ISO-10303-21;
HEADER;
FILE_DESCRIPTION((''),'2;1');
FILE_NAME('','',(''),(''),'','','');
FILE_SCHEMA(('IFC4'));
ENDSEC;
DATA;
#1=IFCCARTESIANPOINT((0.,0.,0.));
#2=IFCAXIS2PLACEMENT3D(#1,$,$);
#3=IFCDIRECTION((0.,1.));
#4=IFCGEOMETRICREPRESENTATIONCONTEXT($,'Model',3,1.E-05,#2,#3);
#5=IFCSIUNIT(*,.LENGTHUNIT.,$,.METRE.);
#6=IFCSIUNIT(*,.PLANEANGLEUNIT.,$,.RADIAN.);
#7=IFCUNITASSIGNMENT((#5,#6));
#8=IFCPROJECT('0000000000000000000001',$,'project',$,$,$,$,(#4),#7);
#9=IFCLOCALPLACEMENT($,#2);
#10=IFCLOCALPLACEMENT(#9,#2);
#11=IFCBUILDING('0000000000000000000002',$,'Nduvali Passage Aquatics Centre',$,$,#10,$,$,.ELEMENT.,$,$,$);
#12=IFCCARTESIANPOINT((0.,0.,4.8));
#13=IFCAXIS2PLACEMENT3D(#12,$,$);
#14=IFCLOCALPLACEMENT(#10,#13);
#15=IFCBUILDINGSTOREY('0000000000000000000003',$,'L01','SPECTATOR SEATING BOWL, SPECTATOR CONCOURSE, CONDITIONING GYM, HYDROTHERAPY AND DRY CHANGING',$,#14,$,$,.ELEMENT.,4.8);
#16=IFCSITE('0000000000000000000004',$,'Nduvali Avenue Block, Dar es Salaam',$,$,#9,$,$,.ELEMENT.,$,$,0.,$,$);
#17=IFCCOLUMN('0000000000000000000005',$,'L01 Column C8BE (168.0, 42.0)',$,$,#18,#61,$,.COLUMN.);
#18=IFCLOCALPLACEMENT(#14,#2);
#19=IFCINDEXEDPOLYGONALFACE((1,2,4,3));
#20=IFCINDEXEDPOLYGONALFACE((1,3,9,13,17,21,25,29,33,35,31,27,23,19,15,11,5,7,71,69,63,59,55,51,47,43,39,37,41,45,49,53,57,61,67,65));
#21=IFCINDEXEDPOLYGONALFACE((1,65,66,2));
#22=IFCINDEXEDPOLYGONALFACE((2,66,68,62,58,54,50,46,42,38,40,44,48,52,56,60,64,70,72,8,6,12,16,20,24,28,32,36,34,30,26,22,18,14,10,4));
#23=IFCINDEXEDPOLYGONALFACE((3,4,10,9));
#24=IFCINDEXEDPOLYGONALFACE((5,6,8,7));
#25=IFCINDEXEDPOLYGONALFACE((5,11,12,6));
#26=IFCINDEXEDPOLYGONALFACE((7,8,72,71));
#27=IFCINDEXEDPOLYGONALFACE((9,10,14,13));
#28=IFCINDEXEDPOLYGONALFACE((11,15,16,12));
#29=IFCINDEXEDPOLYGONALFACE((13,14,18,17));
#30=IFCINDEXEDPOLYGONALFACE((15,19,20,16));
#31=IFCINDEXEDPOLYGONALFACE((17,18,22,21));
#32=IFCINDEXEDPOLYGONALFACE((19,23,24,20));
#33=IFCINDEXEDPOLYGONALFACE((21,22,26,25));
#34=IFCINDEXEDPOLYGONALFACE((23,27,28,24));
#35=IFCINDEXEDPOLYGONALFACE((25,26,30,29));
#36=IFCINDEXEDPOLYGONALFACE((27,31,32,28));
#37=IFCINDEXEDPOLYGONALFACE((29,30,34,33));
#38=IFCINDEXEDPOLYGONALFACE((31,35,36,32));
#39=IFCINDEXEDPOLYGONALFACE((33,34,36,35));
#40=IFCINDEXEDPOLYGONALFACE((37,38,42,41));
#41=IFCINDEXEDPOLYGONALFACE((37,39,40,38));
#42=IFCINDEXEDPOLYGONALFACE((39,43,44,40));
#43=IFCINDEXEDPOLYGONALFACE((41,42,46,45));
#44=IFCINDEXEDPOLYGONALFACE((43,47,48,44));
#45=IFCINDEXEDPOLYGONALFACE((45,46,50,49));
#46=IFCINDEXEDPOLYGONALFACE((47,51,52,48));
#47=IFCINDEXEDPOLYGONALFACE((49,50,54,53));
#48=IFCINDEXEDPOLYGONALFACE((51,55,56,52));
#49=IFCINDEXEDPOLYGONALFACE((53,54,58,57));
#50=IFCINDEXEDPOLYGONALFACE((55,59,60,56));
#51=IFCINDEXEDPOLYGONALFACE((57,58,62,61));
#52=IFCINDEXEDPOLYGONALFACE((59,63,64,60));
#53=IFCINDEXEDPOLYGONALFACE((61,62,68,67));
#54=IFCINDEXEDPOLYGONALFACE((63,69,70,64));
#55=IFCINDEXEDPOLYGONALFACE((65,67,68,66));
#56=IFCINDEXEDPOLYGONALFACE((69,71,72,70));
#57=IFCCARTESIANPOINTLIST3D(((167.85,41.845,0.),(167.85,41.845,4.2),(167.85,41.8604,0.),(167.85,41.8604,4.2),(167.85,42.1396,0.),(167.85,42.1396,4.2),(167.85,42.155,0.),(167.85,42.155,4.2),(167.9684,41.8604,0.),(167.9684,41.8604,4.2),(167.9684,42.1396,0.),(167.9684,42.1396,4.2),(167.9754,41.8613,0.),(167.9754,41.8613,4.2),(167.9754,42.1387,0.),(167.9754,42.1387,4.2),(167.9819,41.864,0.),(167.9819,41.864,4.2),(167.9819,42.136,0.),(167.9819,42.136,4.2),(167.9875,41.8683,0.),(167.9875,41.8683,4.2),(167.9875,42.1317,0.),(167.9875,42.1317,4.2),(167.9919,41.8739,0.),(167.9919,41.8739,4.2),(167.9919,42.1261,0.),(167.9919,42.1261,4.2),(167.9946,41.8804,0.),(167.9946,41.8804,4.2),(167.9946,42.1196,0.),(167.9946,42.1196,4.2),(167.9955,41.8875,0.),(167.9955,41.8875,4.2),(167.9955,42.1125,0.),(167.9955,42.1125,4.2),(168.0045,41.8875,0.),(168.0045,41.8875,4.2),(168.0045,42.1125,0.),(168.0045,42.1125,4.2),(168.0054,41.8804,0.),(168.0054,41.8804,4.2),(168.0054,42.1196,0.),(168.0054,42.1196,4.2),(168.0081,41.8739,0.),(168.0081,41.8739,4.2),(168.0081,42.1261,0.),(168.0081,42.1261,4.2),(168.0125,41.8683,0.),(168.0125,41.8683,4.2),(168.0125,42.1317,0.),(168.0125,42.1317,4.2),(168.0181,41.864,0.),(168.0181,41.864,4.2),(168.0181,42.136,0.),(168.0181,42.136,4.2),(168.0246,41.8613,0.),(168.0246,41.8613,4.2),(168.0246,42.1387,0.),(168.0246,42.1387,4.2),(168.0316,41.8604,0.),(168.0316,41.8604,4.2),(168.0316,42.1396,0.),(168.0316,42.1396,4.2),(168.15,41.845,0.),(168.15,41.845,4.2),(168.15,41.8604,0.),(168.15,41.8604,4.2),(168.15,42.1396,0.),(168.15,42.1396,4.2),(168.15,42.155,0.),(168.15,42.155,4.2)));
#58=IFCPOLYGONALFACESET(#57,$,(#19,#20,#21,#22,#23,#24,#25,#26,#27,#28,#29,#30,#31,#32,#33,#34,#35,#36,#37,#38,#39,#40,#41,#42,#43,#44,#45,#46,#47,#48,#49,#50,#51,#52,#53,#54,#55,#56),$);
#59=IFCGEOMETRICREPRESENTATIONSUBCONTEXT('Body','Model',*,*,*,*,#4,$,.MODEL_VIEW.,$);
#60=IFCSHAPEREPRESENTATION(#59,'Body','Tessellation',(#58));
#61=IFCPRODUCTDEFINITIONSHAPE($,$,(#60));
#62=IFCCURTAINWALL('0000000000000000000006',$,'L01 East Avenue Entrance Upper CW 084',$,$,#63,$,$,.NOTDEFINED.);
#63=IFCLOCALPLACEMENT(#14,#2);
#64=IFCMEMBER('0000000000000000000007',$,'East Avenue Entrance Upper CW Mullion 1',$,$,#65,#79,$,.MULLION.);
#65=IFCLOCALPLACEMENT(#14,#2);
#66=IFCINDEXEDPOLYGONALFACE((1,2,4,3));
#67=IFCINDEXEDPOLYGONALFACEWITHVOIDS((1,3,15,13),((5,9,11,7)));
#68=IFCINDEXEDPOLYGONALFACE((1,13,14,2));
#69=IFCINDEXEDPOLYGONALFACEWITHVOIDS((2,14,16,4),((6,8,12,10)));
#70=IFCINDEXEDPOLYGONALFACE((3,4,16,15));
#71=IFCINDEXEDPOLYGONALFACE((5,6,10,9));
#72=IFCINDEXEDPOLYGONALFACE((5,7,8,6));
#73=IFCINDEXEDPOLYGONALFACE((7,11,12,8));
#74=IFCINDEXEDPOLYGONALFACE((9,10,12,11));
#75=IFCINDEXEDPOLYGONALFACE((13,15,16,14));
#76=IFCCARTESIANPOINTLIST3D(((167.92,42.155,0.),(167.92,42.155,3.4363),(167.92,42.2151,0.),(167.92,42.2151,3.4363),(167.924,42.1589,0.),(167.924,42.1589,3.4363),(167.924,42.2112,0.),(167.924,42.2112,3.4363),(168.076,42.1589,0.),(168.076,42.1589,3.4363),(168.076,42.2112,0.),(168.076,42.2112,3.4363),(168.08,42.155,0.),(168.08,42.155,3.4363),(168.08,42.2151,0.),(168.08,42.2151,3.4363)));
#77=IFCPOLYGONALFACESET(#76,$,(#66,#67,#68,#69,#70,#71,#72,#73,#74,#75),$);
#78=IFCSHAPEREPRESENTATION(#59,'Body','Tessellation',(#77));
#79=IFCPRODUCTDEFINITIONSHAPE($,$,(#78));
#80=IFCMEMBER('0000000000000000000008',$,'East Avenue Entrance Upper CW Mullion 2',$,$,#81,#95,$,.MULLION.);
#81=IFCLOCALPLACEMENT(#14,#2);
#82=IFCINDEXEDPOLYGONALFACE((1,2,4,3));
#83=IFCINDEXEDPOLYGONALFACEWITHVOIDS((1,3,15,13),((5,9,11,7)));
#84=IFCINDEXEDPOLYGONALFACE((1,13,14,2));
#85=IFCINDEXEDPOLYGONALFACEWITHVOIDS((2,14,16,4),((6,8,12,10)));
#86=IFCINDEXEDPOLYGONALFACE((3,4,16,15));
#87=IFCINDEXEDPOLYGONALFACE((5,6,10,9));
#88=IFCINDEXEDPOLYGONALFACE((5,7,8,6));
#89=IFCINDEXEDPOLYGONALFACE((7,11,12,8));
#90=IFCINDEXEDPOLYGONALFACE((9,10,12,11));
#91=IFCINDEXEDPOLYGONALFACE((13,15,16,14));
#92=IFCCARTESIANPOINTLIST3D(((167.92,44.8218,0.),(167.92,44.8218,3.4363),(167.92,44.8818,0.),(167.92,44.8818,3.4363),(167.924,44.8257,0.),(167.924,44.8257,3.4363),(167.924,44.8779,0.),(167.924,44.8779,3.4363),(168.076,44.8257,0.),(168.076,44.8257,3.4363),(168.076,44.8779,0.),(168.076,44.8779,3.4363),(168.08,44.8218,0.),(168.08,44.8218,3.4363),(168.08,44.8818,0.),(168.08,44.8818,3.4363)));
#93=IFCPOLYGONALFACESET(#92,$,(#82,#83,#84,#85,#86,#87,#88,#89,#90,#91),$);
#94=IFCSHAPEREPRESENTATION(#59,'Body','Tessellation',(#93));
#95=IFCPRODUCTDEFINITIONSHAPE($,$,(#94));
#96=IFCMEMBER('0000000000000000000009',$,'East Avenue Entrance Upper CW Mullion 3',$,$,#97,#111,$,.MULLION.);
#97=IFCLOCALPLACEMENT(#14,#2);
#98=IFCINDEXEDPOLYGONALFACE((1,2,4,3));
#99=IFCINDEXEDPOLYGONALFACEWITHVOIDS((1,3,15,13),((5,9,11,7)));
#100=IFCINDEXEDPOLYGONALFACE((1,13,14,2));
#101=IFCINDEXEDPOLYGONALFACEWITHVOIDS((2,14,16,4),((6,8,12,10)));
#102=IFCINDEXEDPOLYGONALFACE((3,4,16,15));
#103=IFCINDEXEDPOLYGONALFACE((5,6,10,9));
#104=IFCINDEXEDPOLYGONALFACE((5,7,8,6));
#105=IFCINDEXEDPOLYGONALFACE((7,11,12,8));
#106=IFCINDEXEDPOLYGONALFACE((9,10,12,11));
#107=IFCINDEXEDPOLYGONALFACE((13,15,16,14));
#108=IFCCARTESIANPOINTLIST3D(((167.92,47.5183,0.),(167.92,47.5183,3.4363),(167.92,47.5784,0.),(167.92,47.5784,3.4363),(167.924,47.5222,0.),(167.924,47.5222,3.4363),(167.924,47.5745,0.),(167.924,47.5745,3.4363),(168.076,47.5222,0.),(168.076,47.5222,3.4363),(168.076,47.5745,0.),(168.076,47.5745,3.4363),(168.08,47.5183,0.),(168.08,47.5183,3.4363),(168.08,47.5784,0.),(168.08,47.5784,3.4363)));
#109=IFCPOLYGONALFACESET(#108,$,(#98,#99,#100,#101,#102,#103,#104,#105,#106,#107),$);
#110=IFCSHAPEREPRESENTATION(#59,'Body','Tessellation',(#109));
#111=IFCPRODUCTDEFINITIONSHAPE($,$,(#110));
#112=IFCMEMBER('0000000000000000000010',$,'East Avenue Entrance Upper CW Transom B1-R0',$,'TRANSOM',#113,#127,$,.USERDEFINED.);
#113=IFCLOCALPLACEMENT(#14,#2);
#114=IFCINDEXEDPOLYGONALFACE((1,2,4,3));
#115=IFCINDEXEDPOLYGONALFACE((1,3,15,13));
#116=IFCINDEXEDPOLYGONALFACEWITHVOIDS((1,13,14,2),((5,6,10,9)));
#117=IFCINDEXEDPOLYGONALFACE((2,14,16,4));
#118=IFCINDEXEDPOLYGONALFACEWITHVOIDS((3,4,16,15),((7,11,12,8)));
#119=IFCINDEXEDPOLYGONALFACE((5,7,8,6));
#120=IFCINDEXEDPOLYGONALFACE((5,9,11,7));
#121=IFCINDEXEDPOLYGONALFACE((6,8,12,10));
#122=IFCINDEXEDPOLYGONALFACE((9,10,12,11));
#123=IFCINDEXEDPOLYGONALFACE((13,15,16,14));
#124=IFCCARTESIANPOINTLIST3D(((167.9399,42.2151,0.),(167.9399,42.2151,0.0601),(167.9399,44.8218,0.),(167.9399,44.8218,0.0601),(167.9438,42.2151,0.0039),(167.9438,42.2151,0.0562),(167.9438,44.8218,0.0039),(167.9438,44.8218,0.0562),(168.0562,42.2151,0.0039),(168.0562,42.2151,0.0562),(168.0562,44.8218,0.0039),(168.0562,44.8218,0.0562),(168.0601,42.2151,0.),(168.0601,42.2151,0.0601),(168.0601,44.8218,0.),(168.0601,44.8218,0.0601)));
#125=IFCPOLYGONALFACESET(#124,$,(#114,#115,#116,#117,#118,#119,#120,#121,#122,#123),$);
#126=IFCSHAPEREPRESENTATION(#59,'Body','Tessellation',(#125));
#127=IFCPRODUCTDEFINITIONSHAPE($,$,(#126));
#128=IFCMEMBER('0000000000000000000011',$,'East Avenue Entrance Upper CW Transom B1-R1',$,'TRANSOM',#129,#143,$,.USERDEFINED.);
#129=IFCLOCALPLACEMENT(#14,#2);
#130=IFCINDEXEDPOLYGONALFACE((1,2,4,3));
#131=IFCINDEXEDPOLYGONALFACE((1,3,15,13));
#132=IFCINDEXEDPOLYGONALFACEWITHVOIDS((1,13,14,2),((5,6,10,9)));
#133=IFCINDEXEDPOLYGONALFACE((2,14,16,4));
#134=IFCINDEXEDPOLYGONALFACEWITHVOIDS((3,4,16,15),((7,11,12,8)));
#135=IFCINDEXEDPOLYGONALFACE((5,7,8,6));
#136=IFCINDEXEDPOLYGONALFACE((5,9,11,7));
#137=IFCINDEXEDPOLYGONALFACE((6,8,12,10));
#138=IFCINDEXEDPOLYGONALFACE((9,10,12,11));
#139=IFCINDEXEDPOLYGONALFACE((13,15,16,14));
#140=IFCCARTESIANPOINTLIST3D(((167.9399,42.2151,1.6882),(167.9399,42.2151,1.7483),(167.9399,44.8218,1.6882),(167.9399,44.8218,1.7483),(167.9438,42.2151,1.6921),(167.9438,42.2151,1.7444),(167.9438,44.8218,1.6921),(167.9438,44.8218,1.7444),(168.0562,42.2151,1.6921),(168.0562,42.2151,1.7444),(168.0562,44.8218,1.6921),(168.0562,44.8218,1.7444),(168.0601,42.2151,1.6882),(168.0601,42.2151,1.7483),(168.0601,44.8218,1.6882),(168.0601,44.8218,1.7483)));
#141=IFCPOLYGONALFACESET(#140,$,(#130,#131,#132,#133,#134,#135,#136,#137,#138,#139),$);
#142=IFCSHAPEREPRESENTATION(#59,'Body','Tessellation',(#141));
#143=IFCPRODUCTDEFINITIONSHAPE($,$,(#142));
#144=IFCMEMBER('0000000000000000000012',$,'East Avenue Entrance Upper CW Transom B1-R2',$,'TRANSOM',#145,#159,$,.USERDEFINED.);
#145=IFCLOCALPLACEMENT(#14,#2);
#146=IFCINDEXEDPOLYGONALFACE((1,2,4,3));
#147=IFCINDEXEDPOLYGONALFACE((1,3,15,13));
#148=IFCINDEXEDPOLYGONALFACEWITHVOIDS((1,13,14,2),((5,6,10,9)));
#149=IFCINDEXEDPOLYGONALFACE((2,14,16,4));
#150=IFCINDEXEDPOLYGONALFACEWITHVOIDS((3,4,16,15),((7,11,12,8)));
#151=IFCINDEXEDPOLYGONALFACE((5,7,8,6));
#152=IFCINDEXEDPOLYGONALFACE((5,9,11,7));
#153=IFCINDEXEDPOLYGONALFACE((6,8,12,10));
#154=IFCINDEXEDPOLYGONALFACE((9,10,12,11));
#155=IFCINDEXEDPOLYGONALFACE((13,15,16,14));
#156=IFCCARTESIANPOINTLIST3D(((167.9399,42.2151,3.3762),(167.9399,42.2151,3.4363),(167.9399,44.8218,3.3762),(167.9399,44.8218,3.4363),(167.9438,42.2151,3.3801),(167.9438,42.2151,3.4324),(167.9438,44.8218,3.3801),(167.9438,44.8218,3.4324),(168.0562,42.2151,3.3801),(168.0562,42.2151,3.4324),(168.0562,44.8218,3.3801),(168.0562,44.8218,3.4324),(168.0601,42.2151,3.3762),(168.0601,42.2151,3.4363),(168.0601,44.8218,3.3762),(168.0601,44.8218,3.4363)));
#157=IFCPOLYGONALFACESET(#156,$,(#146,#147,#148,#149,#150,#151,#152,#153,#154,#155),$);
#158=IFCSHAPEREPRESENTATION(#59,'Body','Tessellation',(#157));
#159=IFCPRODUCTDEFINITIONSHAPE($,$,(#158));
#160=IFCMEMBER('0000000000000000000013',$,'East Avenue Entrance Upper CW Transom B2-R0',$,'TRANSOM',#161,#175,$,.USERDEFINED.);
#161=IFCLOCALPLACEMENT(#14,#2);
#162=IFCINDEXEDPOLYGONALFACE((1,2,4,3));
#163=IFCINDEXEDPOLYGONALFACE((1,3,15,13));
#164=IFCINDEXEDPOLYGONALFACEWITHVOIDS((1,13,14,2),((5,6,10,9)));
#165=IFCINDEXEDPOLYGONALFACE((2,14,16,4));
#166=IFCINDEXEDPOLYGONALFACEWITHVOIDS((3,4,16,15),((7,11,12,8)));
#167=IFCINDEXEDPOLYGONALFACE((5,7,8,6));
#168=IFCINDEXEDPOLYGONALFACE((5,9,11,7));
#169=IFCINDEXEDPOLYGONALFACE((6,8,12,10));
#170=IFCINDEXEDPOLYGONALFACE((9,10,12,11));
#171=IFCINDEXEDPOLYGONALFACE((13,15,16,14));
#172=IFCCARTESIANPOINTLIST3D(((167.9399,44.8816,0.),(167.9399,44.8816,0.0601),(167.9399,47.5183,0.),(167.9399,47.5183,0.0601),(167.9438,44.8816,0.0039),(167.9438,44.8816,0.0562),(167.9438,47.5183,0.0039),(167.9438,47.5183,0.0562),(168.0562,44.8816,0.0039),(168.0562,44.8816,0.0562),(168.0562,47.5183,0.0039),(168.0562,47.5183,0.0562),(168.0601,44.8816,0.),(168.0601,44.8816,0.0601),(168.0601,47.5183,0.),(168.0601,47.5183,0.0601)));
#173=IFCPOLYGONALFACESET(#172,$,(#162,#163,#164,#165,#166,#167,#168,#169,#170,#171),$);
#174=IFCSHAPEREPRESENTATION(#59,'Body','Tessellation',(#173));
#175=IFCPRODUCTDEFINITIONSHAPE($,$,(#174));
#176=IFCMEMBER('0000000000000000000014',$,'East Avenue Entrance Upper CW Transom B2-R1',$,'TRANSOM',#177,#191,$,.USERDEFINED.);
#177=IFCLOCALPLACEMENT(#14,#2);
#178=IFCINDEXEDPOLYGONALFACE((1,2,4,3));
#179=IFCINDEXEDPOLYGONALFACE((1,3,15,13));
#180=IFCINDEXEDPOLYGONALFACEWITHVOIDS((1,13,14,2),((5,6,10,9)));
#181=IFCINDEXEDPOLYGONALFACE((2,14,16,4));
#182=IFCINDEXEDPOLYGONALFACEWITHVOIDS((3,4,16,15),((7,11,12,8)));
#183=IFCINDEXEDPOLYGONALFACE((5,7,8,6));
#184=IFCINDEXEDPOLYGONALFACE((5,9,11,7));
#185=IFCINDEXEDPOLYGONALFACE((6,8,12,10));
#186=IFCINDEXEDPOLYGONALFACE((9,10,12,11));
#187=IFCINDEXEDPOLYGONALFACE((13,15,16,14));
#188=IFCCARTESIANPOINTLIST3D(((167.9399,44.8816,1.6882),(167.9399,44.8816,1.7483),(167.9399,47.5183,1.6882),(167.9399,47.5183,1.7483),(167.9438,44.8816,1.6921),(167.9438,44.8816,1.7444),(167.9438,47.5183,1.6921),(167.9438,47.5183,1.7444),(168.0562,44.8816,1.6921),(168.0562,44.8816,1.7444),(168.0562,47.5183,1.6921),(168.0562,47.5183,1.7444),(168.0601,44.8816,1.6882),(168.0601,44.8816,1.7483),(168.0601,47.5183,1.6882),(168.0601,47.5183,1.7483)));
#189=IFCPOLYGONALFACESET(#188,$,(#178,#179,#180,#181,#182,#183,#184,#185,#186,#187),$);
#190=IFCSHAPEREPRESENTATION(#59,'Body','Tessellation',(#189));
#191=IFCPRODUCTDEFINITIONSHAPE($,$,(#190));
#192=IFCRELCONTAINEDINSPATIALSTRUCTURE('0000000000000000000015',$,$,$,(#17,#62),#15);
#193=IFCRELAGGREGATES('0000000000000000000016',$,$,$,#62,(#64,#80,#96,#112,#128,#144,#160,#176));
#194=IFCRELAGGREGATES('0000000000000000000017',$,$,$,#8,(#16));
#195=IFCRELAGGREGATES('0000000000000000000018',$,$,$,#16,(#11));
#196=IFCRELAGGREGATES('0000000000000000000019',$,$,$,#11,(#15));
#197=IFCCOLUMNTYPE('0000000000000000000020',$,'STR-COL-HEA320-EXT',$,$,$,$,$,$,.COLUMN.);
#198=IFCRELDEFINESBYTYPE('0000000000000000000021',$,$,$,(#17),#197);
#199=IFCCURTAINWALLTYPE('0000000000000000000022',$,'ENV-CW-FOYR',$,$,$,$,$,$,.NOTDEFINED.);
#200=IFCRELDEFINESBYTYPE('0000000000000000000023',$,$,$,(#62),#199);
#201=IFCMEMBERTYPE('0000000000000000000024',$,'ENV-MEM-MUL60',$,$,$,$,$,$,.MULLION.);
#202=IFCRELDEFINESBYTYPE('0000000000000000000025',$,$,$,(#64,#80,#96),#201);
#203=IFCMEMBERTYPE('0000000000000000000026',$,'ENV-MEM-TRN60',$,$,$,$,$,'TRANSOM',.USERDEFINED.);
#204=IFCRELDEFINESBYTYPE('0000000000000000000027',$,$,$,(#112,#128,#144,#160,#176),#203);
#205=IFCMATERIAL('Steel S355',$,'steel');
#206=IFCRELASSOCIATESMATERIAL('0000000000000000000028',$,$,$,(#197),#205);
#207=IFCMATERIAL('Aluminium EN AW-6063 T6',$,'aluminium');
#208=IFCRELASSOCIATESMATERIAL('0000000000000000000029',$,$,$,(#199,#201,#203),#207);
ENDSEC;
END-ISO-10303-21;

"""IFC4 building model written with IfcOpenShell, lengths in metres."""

from ifc_helpers import new_model, si_unit, direction, frame, origin, origin_2d, place, context, subcontext, project, spatial, hollow_rectangle, i_section, extrude, material, material_profile, profile_set, type_object, element, aggregate, save


model = new_model("IFC4")

# Units and contexts
model_context = context("Model", 3, precision=1e-05, world=origin(), true_north=direction((0.0, 1.0)))
body_context = subcontext(model_context, "Body", "Model", "MODEL_VIEW")
ifc_project = project(units=[si_unit("LENGTHUNIT", "METRE"), si_unit("PLANEANGLEUNIT", "RADIAN")], contexts=[model_context])

# Site, building, storey
site_placement = place(None, origin())
site = spatial("IfcSite", under=ifc_project, at=site_placement, Name="Nduvali Avenue Block, Dar es Salaam", CompositionType="ELEMENT", RefElevation=0.0)
building_placement = place(site_placement, origin())
building = spatial("IfcBuilding", under=site, at=building_placement, Name="Nduvali Passage Aquatics Centre", CompositionType="ELEMENT")
storey_placement = place(building_placement, frame((0.0, 0.0, 4.8)))
storey = spatial("IfcBuildingStorey", under=building, at=storey_placement, Name="L01", Description="SPECTATOR SEATING BOWL, SPECTATOR CONCOURSE, CONDITIONING GYM, HYDROTHERAPY AND DRY CHANGING", CompositionType="ELEMENT", Elevation=4.8)

# Column
ifc_material_1 = material(Name="Steel S355", Category="steel")
ifc_material_profile_1 = material_profile(ifc_material_1, i_section(OverallWidth=0.3, OverallDepth=0.3101, WebThickness=0.009, FlangeThickness=0.0154, FilletRadius=0.0271, at=origin_2d()), Name="HEA 320")
ifc_profile_set_1 = profile_set([ifc_material_profile_1], Name="Steel S355")
column_type = type_object("IfcColumnType", Name="STR-COL-HEA320-EXT", PredefinedType="COLUMN", material=ifc_profile_set_1)
column_placement = place(storey_placement, frame((168.0, 42.0, 0.0), z_axis=(0.0, 0.0, 1.0), x_axis=(1.0, 0.0, 0.0)))
element("IfcColumn", 1, at=column_placement, inside=storey, type_object=column_type, Name="L01 Column C8BE (168.0, 42.0)", PredefinedType="COLUMN", context=body_context, shape_type="SweptSolid", body=[
    extrude(i_section(OverallWidth=0.3, OverallDepth=0.3101, WebThickness=0.009, FlangeThickness=0.0154, FilletRadius=0.0271, at=origin_2d()), origin(), (0.0, 0.0, 1.0), 4.2),
])

# Curtain wall, members
ifc_material_2 = material(Name="Aluminium EN AW-6063 T6", Category="aluminium")
curtain_wall_type = type_object("IfcCurtainWallType", Name="ENV-CW-FOYR", PredefinedType="NOTDEFINED", material=ifc_material_2)
curtain_wall_placement = place(storey_placement, origin())
curtain_wall = element("IfcCurtainWall", 2, at=curtain_wall_placement, inside=storey, type_object=curtain_wall_type, Name="L01 East Avenue Entrance Upper CW 084", PredefinedType="NOTDEFINED")
ifc_material_profile_2 = material_profile(ifc_material_2, hollow_rectangle(XDim=0.0601, YDim=0.1599, WallThickness=0.0039, at=origin_2d()), Name="ALU MULLION 60x160x4")
ifc_profile_set_2 = profile_set([ifc_material_profile_2], Name="Aluminium EN AW-6063 T6")
member_type_1 = type_object("IfcMemberType", Name="ENV-MEM-MUL60", PredefinedType="MULLION", material=ifc_profile_set_2)
member_1_placement = place(storey_placement, frame((168.0, 42.1851, 0.0), z_axis=(0.0, 0.0, 1.0), x_axis=(0.0, 1.0, 0.0)))
member_1 = element("IfcMember", 3, at=member_1_placement, type_object=member_type_1, Name="East Avenue Entrance Upper CW Mullion 1", PredefinedType="MULLION", context=body_context, shape_type="SweptSolid", body=[
    extrude(hollow_rectangle(XDim=0.0601, YDim=0.1599, WallThickness=0.0039, at=origin_2d()), origin(), (0.0, 0.0, 1.0), 3.4363),
])
member_2_placement = place(storey_placement, frame((168.0, 44.8518, 0.0), z_axis=(0.0, 0.0, 1.0), x_axis=(0.0, 1.0, 0.0)))
member_2 = element("IfcMember", 4, at=member_2_placement, type_object=member_type_1, Name="East Avenue Entrance Upper CW Mullion 2", PredefinedType="MULLION", context=body_context, shape_type="SweptSolid", body=[
    extrude(hollow_rectangle(XDim=0.0601, YDim=0.1599, WallThickness=0.0039, at=origin_2d()), origin(), (0.0, 0.0, 1.0), 3.4363),
])
member_3_placement = place(storey_placement, frame((168.0, 47.5483, 0.0), z_axis=(0.0, 0.0, 1.0), x_axis=(0.0, 1.0, 0.0)))
member_3 = element("IfcMember", 5, at=member_3_placement, type_object=member_type_1, Name="East Avenue Entrance Upper CW Mullion 3", PredefinedType="MULLION", context=body_context, shape_type="SweptSolid", body=[
    extrude(hollow_rectangle(XDim=0.0601, YDim=0.1599, WallThickness=0.0039, at=origin_2d()), origin(), (0.0, 0.0, 1.0), 3.4363),
])
ifc_material_profile_3 = material_profile(ifc_material_2, hollow_rectangle(XDim=0.1201, YDim=0.0601, WallThickness=0.0039, at=origin_2d()), Name="ALU TRANSOM 120x60x4")
ifc_profile_set_3 = profile_set([ifc_material_profile_3], Name="Aluminium EN AW-6063 T6")
member_type_2 = type_object("IfcMemberType", Name="ENV-MEM-TRN60", ElementType="TRANSOM", PredefinedType="USERDEFINED", material=ifc_profile_set_3)
member_4_placement = place(storey_placement, frame((168.0, 42.2151, 0.03), z_axis=(0.0, 1.0, 0.0), x_axis=(-1.0, 0.0, 0.0)))
member_4 = element("IfcMember", 6, at=member_4_placement, type_object=member_type_2, Name="East Avenue Entrance Upper CW Transom B1-R0", ObjectType="TRANSOM", PredefinedType="USERDEFINED", context=body_context, shape_type="SweptSolid", body=[
    extrude(hollow_rectangle(XDim=0.1201, YDim=0.0601, WallThickness=0.0039, at=origin_2d()), origin(), (0.0, 0.0, 1.0), 2.6067),
])
member_5_placement = place(storey_placement, frame((168.0, 42.2151, 1.7183), z_axis=(0.0, 1.0, 0.0), x_axis=(-1.0, 0.0, 0.0)))
member_5 = element("IfcMember", 7, at=member_5_placement, type_object=member_type_2, Name="East Avenue Entrance Upper CW Transom B1-R1", ObjectType="TRANSOM", PredefinedType="USERDEFINED", context=body_context, shape_type="SweptSolid", body=[
    extrude(hollow_rectangle(XDim=0.1201, YDim=0.0601, WallThickness=0.0039, at=origin_2d()), origin(), (0.0, 0.0, 1.0), 2.6067),
])
member_6_placement = place(storey_placement, frame((168.0, 42.2151, 3.4062), z_axis=(0.0, 1.0, 0.0), x_axis=(-1.0, 0.0, 0.0)))
member_6 = element("IfcMember", 8, at=member_6_placement, type_object=member_type_2, Name="East Avenue Entrance Upper CW Transom B1-R2", ObjectType="TRANSOM", PredefinedType="USERDEFINED", context=body_context, shape_type="SweptSolid", body=[
    extrude(hollow_rectangle(XDim=0.1201, YDim=0.0601, WallThickness=0.0039, at=origin_2d()), origin(), (0.0, 0.0, 1.0), 2.6067),
])
member_7_placement = place(storey_placement, frame((168.0, 44.8816, 0.03), z_axis=(0.0, 1.0, 0.0), x_axis=(-1.0, 0.0, 0.0)))
member_7 = element("IfcMember", 9, at=member_7_placement, type_object=member_type_2, Name="East Avenue Entrance Upper CW Transom B2-R0", ObjectType="TRANSOM", PredefinedType="USERDEFINED", context=body_context, shape_type="SweptSolid", body=[
    extrude(hollow_rectangle(XDim=0.1201, YDim=0.0601, WallThickness=0.0039, at=origin_2d()), origin(), (0.0, 0.0, 1.0), 2.6367),
])
member_8_placement = place(storey_placement, frame((168.0, 44.8816, 1.7183), z_axis=(0.0, 1.0, 0.0), x_axis=(-1.0, 0.0, 0.0)))
member_8 = element("IfcMember", 10, at=member_8_placement, type_object=member_type_2, Name="East Avenue Entrance Upper CW Transom B2-R1", ObjectType="TRANSOM", PredefinedType="USERDEFINED", context=body_context, shape_type="SweptSolid", body=[
    extrude(hollow_rectangle(XDim=0.1201, YDim=0.0601, WallThickness=0.0039, at=origin_2d()), origin(), (0.0, 0.0, 1.0), 2.6367),
])

aggregate(curtain_wall, [member_1, member_2, member_3, member_4, member_5, member_6, member_7, member_8])

save(model, "model.ifc")
